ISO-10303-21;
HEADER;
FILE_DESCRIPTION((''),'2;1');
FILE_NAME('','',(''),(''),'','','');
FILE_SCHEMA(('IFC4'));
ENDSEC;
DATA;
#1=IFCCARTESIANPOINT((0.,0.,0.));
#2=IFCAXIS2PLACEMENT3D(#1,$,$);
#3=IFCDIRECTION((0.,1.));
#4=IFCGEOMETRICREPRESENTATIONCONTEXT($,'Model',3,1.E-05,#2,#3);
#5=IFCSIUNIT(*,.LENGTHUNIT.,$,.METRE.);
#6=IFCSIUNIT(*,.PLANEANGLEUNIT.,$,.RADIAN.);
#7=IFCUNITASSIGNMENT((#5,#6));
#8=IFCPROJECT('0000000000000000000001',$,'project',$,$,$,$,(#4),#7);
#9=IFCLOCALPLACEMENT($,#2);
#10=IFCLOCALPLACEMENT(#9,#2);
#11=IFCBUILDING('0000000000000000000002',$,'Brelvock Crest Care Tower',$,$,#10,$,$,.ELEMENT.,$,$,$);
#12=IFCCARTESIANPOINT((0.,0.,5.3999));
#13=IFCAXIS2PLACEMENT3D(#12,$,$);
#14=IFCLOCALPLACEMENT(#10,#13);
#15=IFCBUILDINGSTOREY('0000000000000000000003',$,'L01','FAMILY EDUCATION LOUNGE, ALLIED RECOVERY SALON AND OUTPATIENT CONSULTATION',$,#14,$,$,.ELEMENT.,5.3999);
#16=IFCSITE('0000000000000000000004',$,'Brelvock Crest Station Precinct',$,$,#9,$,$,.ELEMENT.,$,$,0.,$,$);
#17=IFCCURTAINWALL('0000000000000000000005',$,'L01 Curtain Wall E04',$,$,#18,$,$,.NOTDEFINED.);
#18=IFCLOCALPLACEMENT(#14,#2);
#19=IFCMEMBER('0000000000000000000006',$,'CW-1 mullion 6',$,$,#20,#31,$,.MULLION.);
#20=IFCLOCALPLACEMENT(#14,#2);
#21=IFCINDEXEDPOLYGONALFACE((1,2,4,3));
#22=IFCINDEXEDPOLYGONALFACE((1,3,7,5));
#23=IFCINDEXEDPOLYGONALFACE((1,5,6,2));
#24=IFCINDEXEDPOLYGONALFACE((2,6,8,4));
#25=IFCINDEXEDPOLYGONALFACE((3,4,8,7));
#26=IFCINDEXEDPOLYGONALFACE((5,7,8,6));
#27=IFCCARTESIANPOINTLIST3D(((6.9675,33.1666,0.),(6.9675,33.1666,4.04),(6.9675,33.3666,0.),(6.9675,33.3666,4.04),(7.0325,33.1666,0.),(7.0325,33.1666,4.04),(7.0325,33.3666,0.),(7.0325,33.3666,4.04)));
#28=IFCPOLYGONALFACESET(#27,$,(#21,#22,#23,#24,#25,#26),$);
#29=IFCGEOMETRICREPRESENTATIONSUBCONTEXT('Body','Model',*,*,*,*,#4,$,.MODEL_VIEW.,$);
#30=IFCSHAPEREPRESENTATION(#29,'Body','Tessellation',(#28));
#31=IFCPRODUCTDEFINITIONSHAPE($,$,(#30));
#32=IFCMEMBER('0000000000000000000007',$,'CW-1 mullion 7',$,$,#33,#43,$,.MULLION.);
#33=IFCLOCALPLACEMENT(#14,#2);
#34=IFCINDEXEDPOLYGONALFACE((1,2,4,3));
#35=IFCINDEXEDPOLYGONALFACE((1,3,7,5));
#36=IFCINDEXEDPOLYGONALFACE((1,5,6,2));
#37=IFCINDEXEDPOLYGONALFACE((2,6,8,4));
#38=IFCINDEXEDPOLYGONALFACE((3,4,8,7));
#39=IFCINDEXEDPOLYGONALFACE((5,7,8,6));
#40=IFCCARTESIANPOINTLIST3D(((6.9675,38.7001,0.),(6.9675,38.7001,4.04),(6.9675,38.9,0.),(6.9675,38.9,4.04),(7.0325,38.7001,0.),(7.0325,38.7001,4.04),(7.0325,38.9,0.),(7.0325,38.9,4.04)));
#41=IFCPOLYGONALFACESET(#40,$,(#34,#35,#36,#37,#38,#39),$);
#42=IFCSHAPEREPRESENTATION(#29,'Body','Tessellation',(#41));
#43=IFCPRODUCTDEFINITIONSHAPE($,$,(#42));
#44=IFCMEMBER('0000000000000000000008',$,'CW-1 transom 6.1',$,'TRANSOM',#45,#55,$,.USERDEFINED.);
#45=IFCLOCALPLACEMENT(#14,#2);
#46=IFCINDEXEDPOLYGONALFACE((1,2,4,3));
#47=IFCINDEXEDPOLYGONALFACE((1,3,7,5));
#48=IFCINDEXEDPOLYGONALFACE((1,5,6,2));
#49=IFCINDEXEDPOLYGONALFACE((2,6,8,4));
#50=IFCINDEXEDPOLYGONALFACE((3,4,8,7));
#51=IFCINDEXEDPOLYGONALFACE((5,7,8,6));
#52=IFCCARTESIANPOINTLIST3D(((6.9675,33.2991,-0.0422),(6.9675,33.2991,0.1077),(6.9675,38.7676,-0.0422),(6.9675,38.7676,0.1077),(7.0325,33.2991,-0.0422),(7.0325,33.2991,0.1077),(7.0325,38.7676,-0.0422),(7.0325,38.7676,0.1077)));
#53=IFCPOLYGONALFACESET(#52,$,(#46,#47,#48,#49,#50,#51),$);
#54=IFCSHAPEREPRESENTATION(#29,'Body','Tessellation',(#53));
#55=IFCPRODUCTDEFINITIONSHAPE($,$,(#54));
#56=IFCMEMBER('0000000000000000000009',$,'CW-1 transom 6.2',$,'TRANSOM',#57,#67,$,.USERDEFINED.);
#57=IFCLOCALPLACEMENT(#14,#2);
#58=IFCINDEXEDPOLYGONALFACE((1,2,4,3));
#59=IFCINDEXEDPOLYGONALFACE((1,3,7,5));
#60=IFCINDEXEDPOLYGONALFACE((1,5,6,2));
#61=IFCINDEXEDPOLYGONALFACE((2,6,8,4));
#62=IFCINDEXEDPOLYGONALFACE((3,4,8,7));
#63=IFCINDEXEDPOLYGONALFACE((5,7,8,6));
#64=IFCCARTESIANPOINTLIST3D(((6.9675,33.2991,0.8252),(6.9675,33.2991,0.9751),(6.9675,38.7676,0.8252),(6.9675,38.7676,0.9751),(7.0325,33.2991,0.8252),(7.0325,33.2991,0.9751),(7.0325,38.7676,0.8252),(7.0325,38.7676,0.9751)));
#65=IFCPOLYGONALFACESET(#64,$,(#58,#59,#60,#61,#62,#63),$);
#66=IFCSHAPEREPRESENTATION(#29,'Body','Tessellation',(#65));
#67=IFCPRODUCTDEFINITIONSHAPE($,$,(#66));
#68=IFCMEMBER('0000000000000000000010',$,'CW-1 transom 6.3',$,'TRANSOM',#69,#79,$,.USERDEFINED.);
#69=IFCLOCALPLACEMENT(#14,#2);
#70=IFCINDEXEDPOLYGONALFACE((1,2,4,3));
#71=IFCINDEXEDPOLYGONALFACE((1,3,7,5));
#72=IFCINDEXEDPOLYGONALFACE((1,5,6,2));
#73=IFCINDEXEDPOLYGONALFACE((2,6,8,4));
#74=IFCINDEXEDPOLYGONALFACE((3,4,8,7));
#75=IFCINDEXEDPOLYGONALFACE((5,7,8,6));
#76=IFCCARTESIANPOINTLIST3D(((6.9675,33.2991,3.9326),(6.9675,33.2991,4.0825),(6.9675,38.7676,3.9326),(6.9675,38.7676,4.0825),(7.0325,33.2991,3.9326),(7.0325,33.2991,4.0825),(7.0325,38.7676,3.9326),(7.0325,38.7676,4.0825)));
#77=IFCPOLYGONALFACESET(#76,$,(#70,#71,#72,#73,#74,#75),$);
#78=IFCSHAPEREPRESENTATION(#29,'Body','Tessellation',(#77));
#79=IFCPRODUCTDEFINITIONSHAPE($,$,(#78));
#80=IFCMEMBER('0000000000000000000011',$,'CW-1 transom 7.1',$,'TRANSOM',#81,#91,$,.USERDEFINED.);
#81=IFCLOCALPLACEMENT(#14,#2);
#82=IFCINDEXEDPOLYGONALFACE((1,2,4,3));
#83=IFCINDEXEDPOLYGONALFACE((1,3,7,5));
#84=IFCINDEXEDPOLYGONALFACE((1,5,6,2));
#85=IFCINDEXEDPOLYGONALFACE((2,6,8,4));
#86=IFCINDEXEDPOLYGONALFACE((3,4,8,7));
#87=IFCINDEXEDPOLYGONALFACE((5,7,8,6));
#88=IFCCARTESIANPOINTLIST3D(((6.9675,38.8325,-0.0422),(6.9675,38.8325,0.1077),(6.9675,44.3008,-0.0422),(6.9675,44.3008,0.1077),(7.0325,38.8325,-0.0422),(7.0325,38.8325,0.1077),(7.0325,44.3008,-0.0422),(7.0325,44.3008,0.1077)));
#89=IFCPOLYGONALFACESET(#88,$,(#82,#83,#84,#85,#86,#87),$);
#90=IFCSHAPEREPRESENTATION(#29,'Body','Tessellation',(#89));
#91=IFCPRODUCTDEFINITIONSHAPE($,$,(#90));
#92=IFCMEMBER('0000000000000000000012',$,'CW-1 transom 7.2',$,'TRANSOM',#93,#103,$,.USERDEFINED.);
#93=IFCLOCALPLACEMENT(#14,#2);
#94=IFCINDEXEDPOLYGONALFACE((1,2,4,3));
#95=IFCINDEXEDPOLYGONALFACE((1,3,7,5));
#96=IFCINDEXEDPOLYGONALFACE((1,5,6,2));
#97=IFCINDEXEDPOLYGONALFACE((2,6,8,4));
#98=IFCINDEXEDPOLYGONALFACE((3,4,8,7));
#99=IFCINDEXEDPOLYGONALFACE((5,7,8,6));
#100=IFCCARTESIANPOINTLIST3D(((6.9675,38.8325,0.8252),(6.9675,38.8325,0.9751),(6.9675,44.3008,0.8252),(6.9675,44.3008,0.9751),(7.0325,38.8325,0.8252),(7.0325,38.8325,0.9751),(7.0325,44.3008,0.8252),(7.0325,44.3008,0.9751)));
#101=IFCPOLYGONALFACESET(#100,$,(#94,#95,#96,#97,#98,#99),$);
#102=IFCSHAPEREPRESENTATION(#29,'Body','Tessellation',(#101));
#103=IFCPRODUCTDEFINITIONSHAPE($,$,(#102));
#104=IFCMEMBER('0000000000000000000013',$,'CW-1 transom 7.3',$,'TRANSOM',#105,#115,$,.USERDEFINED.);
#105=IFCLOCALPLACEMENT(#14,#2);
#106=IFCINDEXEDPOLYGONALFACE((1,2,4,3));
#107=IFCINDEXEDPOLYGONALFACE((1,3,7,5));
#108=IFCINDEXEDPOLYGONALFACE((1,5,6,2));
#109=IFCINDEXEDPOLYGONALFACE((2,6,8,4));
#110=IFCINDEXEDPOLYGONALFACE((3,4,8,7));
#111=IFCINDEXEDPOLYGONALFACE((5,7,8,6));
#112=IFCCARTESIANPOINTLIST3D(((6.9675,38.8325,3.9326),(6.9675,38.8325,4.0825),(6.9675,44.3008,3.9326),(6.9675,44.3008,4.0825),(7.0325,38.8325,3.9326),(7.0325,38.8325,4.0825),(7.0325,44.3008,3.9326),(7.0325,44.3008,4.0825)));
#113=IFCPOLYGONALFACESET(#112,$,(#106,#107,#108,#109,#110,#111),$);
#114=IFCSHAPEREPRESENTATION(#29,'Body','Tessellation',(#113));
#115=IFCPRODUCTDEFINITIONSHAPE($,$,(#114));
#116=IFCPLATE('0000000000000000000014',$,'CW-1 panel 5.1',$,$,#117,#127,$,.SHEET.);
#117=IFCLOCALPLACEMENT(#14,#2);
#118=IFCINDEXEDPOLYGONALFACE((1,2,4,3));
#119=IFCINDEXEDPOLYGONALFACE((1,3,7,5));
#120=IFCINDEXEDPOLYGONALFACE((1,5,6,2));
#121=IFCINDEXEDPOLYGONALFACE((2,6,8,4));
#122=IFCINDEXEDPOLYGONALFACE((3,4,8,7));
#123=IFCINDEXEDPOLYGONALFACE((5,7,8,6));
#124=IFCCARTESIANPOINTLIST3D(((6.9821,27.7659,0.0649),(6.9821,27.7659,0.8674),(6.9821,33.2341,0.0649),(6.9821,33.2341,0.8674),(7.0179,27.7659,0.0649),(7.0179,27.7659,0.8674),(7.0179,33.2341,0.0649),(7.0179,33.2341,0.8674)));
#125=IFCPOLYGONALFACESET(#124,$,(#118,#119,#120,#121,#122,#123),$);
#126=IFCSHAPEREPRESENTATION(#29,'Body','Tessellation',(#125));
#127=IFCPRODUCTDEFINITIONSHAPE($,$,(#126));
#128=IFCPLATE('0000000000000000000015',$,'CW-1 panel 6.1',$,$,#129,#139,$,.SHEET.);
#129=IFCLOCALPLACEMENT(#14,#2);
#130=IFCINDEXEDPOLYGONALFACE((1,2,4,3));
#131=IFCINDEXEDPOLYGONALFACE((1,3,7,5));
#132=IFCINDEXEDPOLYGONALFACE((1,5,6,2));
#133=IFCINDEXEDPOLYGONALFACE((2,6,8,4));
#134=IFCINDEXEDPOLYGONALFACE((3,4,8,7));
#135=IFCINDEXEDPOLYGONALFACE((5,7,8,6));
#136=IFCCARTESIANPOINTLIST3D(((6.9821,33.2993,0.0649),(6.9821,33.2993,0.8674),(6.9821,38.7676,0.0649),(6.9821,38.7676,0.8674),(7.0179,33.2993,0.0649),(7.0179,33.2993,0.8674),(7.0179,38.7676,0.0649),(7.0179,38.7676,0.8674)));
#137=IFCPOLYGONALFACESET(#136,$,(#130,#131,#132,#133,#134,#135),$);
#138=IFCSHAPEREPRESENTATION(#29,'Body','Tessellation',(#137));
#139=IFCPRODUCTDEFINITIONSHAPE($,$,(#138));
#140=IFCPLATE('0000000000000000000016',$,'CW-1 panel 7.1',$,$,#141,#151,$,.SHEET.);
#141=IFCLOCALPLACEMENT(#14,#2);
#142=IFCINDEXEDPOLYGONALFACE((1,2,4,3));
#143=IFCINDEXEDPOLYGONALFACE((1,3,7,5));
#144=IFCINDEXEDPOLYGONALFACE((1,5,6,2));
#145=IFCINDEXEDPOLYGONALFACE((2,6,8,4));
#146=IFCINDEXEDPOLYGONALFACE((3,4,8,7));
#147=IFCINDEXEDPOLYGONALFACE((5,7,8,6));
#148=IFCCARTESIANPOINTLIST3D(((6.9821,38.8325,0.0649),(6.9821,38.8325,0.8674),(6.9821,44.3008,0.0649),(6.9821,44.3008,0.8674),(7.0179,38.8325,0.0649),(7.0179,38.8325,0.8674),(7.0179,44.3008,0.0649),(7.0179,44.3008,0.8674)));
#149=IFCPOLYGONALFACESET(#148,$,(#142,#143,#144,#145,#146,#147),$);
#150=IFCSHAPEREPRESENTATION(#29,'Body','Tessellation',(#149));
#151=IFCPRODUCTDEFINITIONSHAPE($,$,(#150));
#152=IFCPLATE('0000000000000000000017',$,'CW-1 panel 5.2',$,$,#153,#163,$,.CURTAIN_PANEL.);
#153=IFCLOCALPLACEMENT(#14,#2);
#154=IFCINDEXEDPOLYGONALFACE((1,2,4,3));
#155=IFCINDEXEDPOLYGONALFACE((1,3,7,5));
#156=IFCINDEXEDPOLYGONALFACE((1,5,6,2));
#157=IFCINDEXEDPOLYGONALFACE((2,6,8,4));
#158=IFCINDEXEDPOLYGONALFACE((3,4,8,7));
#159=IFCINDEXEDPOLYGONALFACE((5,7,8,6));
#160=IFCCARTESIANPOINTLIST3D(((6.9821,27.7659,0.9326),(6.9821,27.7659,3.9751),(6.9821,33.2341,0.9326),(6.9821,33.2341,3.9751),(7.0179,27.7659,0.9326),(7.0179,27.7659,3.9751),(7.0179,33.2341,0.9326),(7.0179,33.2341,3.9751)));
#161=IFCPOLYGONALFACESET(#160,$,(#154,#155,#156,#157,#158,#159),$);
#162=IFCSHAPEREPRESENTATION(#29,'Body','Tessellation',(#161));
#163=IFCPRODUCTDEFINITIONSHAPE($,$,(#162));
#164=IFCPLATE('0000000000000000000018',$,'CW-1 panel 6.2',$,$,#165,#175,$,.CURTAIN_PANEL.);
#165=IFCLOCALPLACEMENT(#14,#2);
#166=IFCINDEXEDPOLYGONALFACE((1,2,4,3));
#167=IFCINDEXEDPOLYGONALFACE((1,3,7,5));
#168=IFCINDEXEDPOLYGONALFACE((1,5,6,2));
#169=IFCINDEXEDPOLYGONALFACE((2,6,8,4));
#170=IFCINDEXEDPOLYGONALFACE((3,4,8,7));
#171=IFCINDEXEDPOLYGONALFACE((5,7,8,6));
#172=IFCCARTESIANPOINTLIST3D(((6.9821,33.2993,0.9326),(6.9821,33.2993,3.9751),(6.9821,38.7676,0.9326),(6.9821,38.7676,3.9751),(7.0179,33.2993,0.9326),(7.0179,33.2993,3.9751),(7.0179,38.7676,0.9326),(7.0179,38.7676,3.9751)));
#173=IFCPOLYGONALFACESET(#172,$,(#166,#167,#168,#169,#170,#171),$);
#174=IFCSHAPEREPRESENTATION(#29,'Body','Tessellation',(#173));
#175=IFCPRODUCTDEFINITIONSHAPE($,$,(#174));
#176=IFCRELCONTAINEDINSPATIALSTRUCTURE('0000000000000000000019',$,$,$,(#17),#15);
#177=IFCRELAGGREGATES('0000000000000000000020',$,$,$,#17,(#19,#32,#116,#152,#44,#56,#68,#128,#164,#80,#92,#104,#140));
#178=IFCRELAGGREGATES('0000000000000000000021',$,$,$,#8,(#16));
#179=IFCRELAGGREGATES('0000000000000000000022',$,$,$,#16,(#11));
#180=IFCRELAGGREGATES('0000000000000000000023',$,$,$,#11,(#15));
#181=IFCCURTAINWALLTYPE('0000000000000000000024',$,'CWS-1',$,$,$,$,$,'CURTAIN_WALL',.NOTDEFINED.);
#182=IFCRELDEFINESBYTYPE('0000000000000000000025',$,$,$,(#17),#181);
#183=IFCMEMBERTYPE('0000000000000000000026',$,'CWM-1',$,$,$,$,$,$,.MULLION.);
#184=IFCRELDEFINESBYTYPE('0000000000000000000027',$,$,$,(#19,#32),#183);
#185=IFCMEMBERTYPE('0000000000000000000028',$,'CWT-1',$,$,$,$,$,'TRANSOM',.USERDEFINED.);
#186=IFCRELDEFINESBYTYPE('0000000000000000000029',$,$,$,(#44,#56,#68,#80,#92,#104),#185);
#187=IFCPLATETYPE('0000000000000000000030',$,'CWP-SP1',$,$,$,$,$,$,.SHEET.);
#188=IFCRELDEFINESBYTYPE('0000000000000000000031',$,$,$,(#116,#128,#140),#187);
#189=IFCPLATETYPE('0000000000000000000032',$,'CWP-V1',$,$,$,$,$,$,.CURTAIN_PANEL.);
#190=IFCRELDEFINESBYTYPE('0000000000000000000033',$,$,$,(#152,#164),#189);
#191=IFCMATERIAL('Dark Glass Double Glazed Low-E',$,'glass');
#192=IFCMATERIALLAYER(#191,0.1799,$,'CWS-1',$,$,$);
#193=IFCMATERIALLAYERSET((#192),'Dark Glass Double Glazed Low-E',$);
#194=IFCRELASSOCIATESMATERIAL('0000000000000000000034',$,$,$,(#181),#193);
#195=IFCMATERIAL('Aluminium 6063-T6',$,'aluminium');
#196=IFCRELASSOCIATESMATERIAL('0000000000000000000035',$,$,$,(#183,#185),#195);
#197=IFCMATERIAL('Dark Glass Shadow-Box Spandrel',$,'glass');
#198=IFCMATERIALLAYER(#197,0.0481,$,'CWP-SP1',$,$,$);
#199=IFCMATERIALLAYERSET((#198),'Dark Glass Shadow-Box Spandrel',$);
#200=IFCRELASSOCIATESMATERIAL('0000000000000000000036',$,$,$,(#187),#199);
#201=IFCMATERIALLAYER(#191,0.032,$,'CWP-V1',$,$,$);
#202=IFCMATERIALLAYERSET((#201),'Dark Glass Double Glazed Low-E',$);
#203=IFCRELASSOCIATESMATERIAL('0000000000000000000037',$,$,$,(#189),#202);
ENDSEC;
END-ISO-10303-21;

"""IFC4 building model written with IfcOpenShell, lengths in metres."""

from ifc_helpers import new_model, si_unit, direction, frame, origin, origin_2d, place, context, subcontext, project, spatial, rectangle, extrude, source, transform, mapped, material, layer, layer_set, material_profile, profile_set, type_object, element, aggregate, save


model = new_model("IFC4")

# Units and contexts
model_context = context("Model", 3, precision=1e-05, world=origin(), true_north=direction((0.0, 1.0)))
body_context = subcontext(model_context, "Body", "Model", "MODEL_VIEW")
ifc_project = project(units=[si_unit("LENGTHUNIT", "METRE"), si_unit("PLANEANGLEUNIT", "RADIAN")], contexts=[model_context])

# Site, building, storey
site_placement = place(None, origin())
site = spatial("IfcSite", under=ifc_project, at=site_placement, Name="Brelvock Crest Station Precinct", CompositionType="ELEMENT", RefElevation=0.0)
building_placement = place(site_placement, origin())
building = spatial("IfcBuilding", under=site, at=building_placement, Name="Brelvock Crest Care Tower", CompositionType="ELEMENT")
storey_placement = place(building_placement, frame((0.0, 0.0, 5.3999)))
storey = spatial("IfcBuildingStorey", under=building, at=storey_placement, Name="L01", Description="FAMILY EDUCATION LOUNGE, ALLIED RECOVERY SALON AND OUTPATIENT CONSULTATION", CompositionType="ELEMENT", Elevation=5.3999)

# Curtain wall, members, plates
ifc_material_1 = material(Name="Dark Glass Double Glazed Low-E", Category="glass")
ifc_layer_1 = layer(ifc_material_1, 0.1799, Name="CWS-1")
ifc_layer_set_1 = layer_set([ifc_layer_1], Name="Dark Glass Double Glazed Low-E")
curtain_wall_type = type_object("IfcCurtainWallType", Name="CWS-1", ElementType="CURTAIN_WALL", PredefinedType="NOTDEFINED", material=ifc_layer_set_1)
curtain_wall_placement = place(storey_placement, origin())
curtain_wall = element("IfcCurtainWall", 1, at=curtain_wall_placement, inside=storey, type_object=curtain_wall_type, Name="L01 Curtain Wall E04", PredefinedType="NOTDEFINED")
ifc_material_2 = material(Name="Aluminium 6063-T6", Category="aluminium")
ifc_material_profile_1 = material_profile(ifc_material_2, rectangle(XDim=0.0649, YDim=0.2, at=origin_2d()), Name="ALU65x200")
ifc_profile_set_1 = profile_set([ifc_material_profile_1], Name="Aluminium 6063-T6")
member_type_1 = type_object("IfcMemberType", Name="CWM-1", PredefinedType="MULLION", material=ifc_profile_set_1)
shared_shape_1 = source(origin(), body_context, "Body", "SweptSolid", [
    extrude(rectangle(XDim=0.0649, YDim=0.2, at=origin_2d()), origin(), (0.0, 0.0, 1.0), 4.04),
])
member_1_placement = place(storey_placement, frame((7.0, 33.2666, 0.0), z_axis=(0.0, 0.0, 1.0), x_axis=(-1.0, 0.0, 0.0)))
member_1 = element("IfcMember", 2, at=member_1_placement, type_object=member_type_1, Name="CW-1 mullion 6", PredefinedType="MULLION", context=body_context, shape_type="MappedRepresentation", body=[
    mapped(shared_shape_1, transform((0.0, 0.0, 0.0), x_axis=(1.0, 0.0, 0.0), y_axis=(0.0, 1.0, 0.0), z_axis=(0.0, 0.0, 1.0), scale=1.0)),
])
member_2_placement = place(storey_placement, frame((7.0, 38.8, 0.0), z_axis=(0.0, 0.0, 1.0), x_axis=(-1.0, 0.0, 0.0)))
member_2 = element("IfcMember", 3, at=member_2_placement, type_object=member_type_1, Name="CW-1 mullion 7", PredefinedType="MULLION", context=body_context, shape_type="MappedRepresentation", body=[
    mapped(shared_shape_1, transform((0.0, 0.0, 0.0), x_axis=(1.0, 0.0, 0.0), y_axis=(0.0, 1.0, 0.0), z_axis=(0.0, 0.0, 1.0), scale=1.0)),
])
ifc_material_profile_2 = material_profile(ifc_material_2, rectangle(XDim=0.0649, YDim=0.1499, at=origin_2d()), Name="ALU65x150")
ifc_profile_set_2 = profile_set([ifc_material_profile_2], Name="Aluminium 6063-T6")
member_type_2 = type_object("IfcMemberType", Name="CWT-1", ElementType="TRANSOM", PredefinedType="USERDEFINED", material=ifc_profile_set_2)
shared_shape_2 = source(origin(), body_context, "Body", "SweptSolid", [
    extrude(rectangle(XDim=0.0649, YDim=0.1499, at=origin_2d()), origin(), (0.0, 0.0, 1.0), 5.4685),
])
member_3_placement = place(storey_placement, frame((7.0, 33.2991, 0.0327), z_axis=(0.0, 1.0, 0.0), x_axis=(-1.0, 0.0, 0.0)))
member_3 = element("IfcMember", 4, at=member_3_placement, type_object=member_type_2, Name="CW-1 transom 6.1", ObjectType="TRANSOM", PredefinedType="USERDEFINED", context=body_context, shape_type="MappedRepresentation", body=[
    mapped(shared_shape_2, transform((0.0, 0.0, 0.0), x_axis=(1.0, 0.0, 0.0), y_axis=(0.0, 1.0, 0.0), z_axis=(0.0, 0.0, 1.0), scale=1.0)),
])
member_4_placement = place(storey_placement, frame((7.0, 33.2991, 0.9001), z_axis=(0.0, 1.0, 0.0), x_axis=(-1.0, 0.0, 0.0)))
member_4 = element("IfcMember", 5, at=member_4_placement, type_object=member_type_2, Name="CW-1 transom 6.2", ObjectType="TRANSOM", PredefinedType="USERDEFINED", context=body_context, shape_type="MappedRepresentation", body=[
    mapped(shared_shape_2, transform((0.0, 0.0, 0.0), x_axis=(1.0, 0.0, 0.0), y_axis=(0.0, 1.0, 0.0), z_axis=(0.0, 0.0, 1.0), scale=1.0)),
])
member_5_placement = place(storey_placement, frame((7.0, 33.2991, 4.0076), z_axis=(0.0, 1.0, 0.0), x_axis=(-1.0, 0.0, 0.0)))
member_5 = element("IfcMember", 6, at=member_5_placement, type_object=member_type_2, Name="CW-1 transom 6.3", ObjectType="TRANSOM", PredefinedType="USERDEFINED", context=body_context, shape_type="MappedRepresentation", body=[
    mapped(shared_shape_2, transform((0.0, 0.0, 0.0), x_axis=(1.0, 0.0, 0.0), y_axis=(0.0, 1.0, 0.0), z_axis=(0.0, 0.0, 1.0), scale=1.0)),
])
shared_shape_3 = source(origin(), body_context, "Body", "SweptSolid", [
    extrude(rectangle(XDim=0.0649, YDim=0.1499, at=origin_2d()), origin(), (0.0, 0.0, 1.0), 5.4683),
])
member_6_placement = place(storey_placement, frame((7.0, 38.8325, 0.0327), z_axis=(0.0, 1.0, 0.0), x_axis=(-1.0, 0.0, 0.0)))
member_6 = element("IfcMember", 7, at=member_6_placement, type_object=member_type_2, Name="CW-1 transom 7.1", ObjectType="TRANSOM", PredefinedType="USERDEFINED", context=body_context, shape_type="MappedRepresentation", body=[
    mapped(shared_shape_3, transform((0.0, 0.0, 0.0), x_axis=(1.0, 0.0, 0.0), y_axis=(0.0, 1.0, 0.0), z_axis=(0.0, 0.0, 1.0), scale=1.0)),
])
member_7_placement = place(storey_placement, frame((7.0, 38.8325, 0.9001), z_axis=(0.0, 1.0, 0.0), x_axis=(-1.0, 0.0, 0.0)))
member_7 = element("IfcMember", 8, at=member_7_placement, type_object=member_type_2, Name="CW-1 transom 7.2", ObjectType="TRANSOM", PredefinedType="USERDEFINED", context=body_context, shape_type="MappedRepresentation", body=[
    mapped(shared_shape_3, transform((0.0, 0.0, 0.0), x_axis=(1.0, 0.0, 0.0), y_axis=(0.0, 1.0, 0.0), z_axis=(0.0, 0.0, 1.0), scale=1.0)),
])
member_8_placement = place(storey_placement, frame((7.0, 38.8325, 4.0076), z_axis=(0.0, 1.0, 0.0), x_axis=(-1.0, 0.0, 0.0)))
member_8 = element("IfcMember", 9, at=member_8_placement, type_object=member_type_2, Name="CW-1 transom 7.3", ObjectType="TRANSOM", PredefinedType="USERDEFINED", context=body_context, shape_type="MappedRepresentation", body=[
    mapped(shared_shape_3, transform((0.0, 0.0, 0.0), x_axis=(1.0, 0.0, 0.0), y_axis=(0.0, 1.0, 0.0), z_axis=(0.0, 0.0, 1.0), scale=1.0)),
])
ifc_material_3 = material(Name="Dark Glass Shadow-Box Spandrel", Category="glass")
ifc_layer_2 = layer(ifc_material_3, 0.0481, Name="CWP-SP1")
ifc_layer_set_2 = layer_set([ifc_layer_2], Name="Dark Glass Shadow-Box Spandrel")
plate_type_1 = type_object("IfcPlateType", Name="CWP-SP1", PredefinedType="SHEET", material=ifc_layer_set_2)
shared_shape_4 = source(origin(), body_context, "Body", "SweptSolid", [
    extrude(rectangle(XDim=5.4683, YDim=0.0359, at=origin_2d()), origin(), (0.0, 0.0, 1.0), 0.8025),
])
plate_1_placement = place(storey_placement, frame((7.0, 30.5, 0.0649), z_axis=(0.0, 0.0, 1.0), x_axis=(0.0, 1.0, 0.0)))
plate_1 = element("IfcPlate", 10, at=plate_1_placement, type_object=plate_type_1, Name="CW-1 panel 5.1", PredefinedType="SHEET", context=body_context, shape_type="MappedRepresentation", body=[
    mapped(shared_shape_4, transform((0.0, 0.0, 0.0), x_axis=(1.0, 0.0, 0.0), y_axis=(0.0, 1.0, 0.0), z_axis=(0.0, 0.0, 1.0), scale=1.0)),
])
plate_2_placement = place(storey_placement, frame((7.0, 36.0334, 0.0649), z_axis=(0.0, 0.0, 1.0), x_axis=(0.0, 1.0, 0.0)))
plate_2 = element("IfcPlate", 11, at=plate_2_placement, type_object=plate_type_1, Name="CW-1 panel 6.1", PredefinedType="SHEET", context=body_context, shape_type="MappedRepresentation", body=[
    mapped(shared_shape_4, transform((0.0, 0.0, 0.0), x_axis=(1.0, 0.0, 0.0), y_axis=(0.0, 1.0, 0.0), z_axis=(0.0, 0.0, 1.0), scale=1.0)),
])
plate_3_placement = place(storey_placement, frame((7.0, 41.5667, 0.0649), z_axis=(0.0, 0.0, 1.0), x_axis=(0.0, 1.0, 0.0)))
plate_3 = element("IfcPlate", 12, at=plate_3_placement, type_object=plate_type_1, Name="CW-1 panel 7.1", PredefinedType="SHEET", context=body_context, shape_type="MappedRepresentation", body=[
    mapped(shared_shape_4, transform((0.0, 0.0, 0.0), x_axis=(1.0, 0.0, 0.0), y_axis=(0.0, 1.0, 0.0), z_axis=(0.0, 0.0, 1.0), scale=1.0)),
])
ifc_layer_3 = layer(ifc_material_1, 0.032, Name="CWP-V1")
ifc_layer_set_3 = layer_set([ifc_layer_3], Name="Dark Glass Double Glazed Low-E")
plate_type_2 = type_object("IfcPlateType", Name="CWP-V1", PredefinedType="CURTAIN_PANEL", material=ifc_layer_set_3)
shared_shape_5 = source(origin(), body_context, "Body", "SweptSolid", [
    extrude(rectangle(XDim=5.4683, YDim=0.0359, at=origin_2d()), origin(), (0.0, 0.0, 1.0), 3.0425),
])
plate_4_placement = place(storey_placement, frame((7.0, 30.5, 0.9326), z_axis=(0.0, 0.0, 1.0), x_axis=(0.0, 1.0, 0.0)))
plate_4 = element("IfcPlate", 13, at=plate_4_placement, type_object=plate_type_2, Name="CW-1 panel 5.2", PredefinedType="CURTAIN_PANEL", context=body_context, shape_type="MappedRepresentation", body=[
    mapped(shared_shape_5, transform((0.0, 0.0, 0.0), x_axis=(1.0, 0.0, 0.0), y_axis=(0.0, 1.0, 0.0), z_axis=(0.0, 0.0, 1.0), scale=1.0)),
])
plate_5_placement = place(storey_placement, frame((7.0, 36.0334, 0.9326), z_axis=(0.0, 0.0, 1.0), x_axis=(0.0, 1.0, 0.0)))
plate_5 = element("IfcPlate", 14, at=plate_5_placement, type_object=plate_type_2, Name="CW-1 panel 6.2", PredefinedType="CURTAIN_PANEL", context=body_context, shape_type="MappedRepresentation", body=[
    mapped(shared_shape_5, transform((0.0, 0.0, 0.0), x_axis=(1.0, 0.0, 0.0), y_axis=(0.0, 1.0, 0.0), z_axis=(0.0, 0.0, 1.0), scale=1.0)),
])
aggregate(curtain_wall, [member_1, member_2, plate_1, plate_4, member_3, member_4, member_5, plate_2, plate_5, member_6, member_7, member_8, plate_3])

save(model, "model.ifc")
